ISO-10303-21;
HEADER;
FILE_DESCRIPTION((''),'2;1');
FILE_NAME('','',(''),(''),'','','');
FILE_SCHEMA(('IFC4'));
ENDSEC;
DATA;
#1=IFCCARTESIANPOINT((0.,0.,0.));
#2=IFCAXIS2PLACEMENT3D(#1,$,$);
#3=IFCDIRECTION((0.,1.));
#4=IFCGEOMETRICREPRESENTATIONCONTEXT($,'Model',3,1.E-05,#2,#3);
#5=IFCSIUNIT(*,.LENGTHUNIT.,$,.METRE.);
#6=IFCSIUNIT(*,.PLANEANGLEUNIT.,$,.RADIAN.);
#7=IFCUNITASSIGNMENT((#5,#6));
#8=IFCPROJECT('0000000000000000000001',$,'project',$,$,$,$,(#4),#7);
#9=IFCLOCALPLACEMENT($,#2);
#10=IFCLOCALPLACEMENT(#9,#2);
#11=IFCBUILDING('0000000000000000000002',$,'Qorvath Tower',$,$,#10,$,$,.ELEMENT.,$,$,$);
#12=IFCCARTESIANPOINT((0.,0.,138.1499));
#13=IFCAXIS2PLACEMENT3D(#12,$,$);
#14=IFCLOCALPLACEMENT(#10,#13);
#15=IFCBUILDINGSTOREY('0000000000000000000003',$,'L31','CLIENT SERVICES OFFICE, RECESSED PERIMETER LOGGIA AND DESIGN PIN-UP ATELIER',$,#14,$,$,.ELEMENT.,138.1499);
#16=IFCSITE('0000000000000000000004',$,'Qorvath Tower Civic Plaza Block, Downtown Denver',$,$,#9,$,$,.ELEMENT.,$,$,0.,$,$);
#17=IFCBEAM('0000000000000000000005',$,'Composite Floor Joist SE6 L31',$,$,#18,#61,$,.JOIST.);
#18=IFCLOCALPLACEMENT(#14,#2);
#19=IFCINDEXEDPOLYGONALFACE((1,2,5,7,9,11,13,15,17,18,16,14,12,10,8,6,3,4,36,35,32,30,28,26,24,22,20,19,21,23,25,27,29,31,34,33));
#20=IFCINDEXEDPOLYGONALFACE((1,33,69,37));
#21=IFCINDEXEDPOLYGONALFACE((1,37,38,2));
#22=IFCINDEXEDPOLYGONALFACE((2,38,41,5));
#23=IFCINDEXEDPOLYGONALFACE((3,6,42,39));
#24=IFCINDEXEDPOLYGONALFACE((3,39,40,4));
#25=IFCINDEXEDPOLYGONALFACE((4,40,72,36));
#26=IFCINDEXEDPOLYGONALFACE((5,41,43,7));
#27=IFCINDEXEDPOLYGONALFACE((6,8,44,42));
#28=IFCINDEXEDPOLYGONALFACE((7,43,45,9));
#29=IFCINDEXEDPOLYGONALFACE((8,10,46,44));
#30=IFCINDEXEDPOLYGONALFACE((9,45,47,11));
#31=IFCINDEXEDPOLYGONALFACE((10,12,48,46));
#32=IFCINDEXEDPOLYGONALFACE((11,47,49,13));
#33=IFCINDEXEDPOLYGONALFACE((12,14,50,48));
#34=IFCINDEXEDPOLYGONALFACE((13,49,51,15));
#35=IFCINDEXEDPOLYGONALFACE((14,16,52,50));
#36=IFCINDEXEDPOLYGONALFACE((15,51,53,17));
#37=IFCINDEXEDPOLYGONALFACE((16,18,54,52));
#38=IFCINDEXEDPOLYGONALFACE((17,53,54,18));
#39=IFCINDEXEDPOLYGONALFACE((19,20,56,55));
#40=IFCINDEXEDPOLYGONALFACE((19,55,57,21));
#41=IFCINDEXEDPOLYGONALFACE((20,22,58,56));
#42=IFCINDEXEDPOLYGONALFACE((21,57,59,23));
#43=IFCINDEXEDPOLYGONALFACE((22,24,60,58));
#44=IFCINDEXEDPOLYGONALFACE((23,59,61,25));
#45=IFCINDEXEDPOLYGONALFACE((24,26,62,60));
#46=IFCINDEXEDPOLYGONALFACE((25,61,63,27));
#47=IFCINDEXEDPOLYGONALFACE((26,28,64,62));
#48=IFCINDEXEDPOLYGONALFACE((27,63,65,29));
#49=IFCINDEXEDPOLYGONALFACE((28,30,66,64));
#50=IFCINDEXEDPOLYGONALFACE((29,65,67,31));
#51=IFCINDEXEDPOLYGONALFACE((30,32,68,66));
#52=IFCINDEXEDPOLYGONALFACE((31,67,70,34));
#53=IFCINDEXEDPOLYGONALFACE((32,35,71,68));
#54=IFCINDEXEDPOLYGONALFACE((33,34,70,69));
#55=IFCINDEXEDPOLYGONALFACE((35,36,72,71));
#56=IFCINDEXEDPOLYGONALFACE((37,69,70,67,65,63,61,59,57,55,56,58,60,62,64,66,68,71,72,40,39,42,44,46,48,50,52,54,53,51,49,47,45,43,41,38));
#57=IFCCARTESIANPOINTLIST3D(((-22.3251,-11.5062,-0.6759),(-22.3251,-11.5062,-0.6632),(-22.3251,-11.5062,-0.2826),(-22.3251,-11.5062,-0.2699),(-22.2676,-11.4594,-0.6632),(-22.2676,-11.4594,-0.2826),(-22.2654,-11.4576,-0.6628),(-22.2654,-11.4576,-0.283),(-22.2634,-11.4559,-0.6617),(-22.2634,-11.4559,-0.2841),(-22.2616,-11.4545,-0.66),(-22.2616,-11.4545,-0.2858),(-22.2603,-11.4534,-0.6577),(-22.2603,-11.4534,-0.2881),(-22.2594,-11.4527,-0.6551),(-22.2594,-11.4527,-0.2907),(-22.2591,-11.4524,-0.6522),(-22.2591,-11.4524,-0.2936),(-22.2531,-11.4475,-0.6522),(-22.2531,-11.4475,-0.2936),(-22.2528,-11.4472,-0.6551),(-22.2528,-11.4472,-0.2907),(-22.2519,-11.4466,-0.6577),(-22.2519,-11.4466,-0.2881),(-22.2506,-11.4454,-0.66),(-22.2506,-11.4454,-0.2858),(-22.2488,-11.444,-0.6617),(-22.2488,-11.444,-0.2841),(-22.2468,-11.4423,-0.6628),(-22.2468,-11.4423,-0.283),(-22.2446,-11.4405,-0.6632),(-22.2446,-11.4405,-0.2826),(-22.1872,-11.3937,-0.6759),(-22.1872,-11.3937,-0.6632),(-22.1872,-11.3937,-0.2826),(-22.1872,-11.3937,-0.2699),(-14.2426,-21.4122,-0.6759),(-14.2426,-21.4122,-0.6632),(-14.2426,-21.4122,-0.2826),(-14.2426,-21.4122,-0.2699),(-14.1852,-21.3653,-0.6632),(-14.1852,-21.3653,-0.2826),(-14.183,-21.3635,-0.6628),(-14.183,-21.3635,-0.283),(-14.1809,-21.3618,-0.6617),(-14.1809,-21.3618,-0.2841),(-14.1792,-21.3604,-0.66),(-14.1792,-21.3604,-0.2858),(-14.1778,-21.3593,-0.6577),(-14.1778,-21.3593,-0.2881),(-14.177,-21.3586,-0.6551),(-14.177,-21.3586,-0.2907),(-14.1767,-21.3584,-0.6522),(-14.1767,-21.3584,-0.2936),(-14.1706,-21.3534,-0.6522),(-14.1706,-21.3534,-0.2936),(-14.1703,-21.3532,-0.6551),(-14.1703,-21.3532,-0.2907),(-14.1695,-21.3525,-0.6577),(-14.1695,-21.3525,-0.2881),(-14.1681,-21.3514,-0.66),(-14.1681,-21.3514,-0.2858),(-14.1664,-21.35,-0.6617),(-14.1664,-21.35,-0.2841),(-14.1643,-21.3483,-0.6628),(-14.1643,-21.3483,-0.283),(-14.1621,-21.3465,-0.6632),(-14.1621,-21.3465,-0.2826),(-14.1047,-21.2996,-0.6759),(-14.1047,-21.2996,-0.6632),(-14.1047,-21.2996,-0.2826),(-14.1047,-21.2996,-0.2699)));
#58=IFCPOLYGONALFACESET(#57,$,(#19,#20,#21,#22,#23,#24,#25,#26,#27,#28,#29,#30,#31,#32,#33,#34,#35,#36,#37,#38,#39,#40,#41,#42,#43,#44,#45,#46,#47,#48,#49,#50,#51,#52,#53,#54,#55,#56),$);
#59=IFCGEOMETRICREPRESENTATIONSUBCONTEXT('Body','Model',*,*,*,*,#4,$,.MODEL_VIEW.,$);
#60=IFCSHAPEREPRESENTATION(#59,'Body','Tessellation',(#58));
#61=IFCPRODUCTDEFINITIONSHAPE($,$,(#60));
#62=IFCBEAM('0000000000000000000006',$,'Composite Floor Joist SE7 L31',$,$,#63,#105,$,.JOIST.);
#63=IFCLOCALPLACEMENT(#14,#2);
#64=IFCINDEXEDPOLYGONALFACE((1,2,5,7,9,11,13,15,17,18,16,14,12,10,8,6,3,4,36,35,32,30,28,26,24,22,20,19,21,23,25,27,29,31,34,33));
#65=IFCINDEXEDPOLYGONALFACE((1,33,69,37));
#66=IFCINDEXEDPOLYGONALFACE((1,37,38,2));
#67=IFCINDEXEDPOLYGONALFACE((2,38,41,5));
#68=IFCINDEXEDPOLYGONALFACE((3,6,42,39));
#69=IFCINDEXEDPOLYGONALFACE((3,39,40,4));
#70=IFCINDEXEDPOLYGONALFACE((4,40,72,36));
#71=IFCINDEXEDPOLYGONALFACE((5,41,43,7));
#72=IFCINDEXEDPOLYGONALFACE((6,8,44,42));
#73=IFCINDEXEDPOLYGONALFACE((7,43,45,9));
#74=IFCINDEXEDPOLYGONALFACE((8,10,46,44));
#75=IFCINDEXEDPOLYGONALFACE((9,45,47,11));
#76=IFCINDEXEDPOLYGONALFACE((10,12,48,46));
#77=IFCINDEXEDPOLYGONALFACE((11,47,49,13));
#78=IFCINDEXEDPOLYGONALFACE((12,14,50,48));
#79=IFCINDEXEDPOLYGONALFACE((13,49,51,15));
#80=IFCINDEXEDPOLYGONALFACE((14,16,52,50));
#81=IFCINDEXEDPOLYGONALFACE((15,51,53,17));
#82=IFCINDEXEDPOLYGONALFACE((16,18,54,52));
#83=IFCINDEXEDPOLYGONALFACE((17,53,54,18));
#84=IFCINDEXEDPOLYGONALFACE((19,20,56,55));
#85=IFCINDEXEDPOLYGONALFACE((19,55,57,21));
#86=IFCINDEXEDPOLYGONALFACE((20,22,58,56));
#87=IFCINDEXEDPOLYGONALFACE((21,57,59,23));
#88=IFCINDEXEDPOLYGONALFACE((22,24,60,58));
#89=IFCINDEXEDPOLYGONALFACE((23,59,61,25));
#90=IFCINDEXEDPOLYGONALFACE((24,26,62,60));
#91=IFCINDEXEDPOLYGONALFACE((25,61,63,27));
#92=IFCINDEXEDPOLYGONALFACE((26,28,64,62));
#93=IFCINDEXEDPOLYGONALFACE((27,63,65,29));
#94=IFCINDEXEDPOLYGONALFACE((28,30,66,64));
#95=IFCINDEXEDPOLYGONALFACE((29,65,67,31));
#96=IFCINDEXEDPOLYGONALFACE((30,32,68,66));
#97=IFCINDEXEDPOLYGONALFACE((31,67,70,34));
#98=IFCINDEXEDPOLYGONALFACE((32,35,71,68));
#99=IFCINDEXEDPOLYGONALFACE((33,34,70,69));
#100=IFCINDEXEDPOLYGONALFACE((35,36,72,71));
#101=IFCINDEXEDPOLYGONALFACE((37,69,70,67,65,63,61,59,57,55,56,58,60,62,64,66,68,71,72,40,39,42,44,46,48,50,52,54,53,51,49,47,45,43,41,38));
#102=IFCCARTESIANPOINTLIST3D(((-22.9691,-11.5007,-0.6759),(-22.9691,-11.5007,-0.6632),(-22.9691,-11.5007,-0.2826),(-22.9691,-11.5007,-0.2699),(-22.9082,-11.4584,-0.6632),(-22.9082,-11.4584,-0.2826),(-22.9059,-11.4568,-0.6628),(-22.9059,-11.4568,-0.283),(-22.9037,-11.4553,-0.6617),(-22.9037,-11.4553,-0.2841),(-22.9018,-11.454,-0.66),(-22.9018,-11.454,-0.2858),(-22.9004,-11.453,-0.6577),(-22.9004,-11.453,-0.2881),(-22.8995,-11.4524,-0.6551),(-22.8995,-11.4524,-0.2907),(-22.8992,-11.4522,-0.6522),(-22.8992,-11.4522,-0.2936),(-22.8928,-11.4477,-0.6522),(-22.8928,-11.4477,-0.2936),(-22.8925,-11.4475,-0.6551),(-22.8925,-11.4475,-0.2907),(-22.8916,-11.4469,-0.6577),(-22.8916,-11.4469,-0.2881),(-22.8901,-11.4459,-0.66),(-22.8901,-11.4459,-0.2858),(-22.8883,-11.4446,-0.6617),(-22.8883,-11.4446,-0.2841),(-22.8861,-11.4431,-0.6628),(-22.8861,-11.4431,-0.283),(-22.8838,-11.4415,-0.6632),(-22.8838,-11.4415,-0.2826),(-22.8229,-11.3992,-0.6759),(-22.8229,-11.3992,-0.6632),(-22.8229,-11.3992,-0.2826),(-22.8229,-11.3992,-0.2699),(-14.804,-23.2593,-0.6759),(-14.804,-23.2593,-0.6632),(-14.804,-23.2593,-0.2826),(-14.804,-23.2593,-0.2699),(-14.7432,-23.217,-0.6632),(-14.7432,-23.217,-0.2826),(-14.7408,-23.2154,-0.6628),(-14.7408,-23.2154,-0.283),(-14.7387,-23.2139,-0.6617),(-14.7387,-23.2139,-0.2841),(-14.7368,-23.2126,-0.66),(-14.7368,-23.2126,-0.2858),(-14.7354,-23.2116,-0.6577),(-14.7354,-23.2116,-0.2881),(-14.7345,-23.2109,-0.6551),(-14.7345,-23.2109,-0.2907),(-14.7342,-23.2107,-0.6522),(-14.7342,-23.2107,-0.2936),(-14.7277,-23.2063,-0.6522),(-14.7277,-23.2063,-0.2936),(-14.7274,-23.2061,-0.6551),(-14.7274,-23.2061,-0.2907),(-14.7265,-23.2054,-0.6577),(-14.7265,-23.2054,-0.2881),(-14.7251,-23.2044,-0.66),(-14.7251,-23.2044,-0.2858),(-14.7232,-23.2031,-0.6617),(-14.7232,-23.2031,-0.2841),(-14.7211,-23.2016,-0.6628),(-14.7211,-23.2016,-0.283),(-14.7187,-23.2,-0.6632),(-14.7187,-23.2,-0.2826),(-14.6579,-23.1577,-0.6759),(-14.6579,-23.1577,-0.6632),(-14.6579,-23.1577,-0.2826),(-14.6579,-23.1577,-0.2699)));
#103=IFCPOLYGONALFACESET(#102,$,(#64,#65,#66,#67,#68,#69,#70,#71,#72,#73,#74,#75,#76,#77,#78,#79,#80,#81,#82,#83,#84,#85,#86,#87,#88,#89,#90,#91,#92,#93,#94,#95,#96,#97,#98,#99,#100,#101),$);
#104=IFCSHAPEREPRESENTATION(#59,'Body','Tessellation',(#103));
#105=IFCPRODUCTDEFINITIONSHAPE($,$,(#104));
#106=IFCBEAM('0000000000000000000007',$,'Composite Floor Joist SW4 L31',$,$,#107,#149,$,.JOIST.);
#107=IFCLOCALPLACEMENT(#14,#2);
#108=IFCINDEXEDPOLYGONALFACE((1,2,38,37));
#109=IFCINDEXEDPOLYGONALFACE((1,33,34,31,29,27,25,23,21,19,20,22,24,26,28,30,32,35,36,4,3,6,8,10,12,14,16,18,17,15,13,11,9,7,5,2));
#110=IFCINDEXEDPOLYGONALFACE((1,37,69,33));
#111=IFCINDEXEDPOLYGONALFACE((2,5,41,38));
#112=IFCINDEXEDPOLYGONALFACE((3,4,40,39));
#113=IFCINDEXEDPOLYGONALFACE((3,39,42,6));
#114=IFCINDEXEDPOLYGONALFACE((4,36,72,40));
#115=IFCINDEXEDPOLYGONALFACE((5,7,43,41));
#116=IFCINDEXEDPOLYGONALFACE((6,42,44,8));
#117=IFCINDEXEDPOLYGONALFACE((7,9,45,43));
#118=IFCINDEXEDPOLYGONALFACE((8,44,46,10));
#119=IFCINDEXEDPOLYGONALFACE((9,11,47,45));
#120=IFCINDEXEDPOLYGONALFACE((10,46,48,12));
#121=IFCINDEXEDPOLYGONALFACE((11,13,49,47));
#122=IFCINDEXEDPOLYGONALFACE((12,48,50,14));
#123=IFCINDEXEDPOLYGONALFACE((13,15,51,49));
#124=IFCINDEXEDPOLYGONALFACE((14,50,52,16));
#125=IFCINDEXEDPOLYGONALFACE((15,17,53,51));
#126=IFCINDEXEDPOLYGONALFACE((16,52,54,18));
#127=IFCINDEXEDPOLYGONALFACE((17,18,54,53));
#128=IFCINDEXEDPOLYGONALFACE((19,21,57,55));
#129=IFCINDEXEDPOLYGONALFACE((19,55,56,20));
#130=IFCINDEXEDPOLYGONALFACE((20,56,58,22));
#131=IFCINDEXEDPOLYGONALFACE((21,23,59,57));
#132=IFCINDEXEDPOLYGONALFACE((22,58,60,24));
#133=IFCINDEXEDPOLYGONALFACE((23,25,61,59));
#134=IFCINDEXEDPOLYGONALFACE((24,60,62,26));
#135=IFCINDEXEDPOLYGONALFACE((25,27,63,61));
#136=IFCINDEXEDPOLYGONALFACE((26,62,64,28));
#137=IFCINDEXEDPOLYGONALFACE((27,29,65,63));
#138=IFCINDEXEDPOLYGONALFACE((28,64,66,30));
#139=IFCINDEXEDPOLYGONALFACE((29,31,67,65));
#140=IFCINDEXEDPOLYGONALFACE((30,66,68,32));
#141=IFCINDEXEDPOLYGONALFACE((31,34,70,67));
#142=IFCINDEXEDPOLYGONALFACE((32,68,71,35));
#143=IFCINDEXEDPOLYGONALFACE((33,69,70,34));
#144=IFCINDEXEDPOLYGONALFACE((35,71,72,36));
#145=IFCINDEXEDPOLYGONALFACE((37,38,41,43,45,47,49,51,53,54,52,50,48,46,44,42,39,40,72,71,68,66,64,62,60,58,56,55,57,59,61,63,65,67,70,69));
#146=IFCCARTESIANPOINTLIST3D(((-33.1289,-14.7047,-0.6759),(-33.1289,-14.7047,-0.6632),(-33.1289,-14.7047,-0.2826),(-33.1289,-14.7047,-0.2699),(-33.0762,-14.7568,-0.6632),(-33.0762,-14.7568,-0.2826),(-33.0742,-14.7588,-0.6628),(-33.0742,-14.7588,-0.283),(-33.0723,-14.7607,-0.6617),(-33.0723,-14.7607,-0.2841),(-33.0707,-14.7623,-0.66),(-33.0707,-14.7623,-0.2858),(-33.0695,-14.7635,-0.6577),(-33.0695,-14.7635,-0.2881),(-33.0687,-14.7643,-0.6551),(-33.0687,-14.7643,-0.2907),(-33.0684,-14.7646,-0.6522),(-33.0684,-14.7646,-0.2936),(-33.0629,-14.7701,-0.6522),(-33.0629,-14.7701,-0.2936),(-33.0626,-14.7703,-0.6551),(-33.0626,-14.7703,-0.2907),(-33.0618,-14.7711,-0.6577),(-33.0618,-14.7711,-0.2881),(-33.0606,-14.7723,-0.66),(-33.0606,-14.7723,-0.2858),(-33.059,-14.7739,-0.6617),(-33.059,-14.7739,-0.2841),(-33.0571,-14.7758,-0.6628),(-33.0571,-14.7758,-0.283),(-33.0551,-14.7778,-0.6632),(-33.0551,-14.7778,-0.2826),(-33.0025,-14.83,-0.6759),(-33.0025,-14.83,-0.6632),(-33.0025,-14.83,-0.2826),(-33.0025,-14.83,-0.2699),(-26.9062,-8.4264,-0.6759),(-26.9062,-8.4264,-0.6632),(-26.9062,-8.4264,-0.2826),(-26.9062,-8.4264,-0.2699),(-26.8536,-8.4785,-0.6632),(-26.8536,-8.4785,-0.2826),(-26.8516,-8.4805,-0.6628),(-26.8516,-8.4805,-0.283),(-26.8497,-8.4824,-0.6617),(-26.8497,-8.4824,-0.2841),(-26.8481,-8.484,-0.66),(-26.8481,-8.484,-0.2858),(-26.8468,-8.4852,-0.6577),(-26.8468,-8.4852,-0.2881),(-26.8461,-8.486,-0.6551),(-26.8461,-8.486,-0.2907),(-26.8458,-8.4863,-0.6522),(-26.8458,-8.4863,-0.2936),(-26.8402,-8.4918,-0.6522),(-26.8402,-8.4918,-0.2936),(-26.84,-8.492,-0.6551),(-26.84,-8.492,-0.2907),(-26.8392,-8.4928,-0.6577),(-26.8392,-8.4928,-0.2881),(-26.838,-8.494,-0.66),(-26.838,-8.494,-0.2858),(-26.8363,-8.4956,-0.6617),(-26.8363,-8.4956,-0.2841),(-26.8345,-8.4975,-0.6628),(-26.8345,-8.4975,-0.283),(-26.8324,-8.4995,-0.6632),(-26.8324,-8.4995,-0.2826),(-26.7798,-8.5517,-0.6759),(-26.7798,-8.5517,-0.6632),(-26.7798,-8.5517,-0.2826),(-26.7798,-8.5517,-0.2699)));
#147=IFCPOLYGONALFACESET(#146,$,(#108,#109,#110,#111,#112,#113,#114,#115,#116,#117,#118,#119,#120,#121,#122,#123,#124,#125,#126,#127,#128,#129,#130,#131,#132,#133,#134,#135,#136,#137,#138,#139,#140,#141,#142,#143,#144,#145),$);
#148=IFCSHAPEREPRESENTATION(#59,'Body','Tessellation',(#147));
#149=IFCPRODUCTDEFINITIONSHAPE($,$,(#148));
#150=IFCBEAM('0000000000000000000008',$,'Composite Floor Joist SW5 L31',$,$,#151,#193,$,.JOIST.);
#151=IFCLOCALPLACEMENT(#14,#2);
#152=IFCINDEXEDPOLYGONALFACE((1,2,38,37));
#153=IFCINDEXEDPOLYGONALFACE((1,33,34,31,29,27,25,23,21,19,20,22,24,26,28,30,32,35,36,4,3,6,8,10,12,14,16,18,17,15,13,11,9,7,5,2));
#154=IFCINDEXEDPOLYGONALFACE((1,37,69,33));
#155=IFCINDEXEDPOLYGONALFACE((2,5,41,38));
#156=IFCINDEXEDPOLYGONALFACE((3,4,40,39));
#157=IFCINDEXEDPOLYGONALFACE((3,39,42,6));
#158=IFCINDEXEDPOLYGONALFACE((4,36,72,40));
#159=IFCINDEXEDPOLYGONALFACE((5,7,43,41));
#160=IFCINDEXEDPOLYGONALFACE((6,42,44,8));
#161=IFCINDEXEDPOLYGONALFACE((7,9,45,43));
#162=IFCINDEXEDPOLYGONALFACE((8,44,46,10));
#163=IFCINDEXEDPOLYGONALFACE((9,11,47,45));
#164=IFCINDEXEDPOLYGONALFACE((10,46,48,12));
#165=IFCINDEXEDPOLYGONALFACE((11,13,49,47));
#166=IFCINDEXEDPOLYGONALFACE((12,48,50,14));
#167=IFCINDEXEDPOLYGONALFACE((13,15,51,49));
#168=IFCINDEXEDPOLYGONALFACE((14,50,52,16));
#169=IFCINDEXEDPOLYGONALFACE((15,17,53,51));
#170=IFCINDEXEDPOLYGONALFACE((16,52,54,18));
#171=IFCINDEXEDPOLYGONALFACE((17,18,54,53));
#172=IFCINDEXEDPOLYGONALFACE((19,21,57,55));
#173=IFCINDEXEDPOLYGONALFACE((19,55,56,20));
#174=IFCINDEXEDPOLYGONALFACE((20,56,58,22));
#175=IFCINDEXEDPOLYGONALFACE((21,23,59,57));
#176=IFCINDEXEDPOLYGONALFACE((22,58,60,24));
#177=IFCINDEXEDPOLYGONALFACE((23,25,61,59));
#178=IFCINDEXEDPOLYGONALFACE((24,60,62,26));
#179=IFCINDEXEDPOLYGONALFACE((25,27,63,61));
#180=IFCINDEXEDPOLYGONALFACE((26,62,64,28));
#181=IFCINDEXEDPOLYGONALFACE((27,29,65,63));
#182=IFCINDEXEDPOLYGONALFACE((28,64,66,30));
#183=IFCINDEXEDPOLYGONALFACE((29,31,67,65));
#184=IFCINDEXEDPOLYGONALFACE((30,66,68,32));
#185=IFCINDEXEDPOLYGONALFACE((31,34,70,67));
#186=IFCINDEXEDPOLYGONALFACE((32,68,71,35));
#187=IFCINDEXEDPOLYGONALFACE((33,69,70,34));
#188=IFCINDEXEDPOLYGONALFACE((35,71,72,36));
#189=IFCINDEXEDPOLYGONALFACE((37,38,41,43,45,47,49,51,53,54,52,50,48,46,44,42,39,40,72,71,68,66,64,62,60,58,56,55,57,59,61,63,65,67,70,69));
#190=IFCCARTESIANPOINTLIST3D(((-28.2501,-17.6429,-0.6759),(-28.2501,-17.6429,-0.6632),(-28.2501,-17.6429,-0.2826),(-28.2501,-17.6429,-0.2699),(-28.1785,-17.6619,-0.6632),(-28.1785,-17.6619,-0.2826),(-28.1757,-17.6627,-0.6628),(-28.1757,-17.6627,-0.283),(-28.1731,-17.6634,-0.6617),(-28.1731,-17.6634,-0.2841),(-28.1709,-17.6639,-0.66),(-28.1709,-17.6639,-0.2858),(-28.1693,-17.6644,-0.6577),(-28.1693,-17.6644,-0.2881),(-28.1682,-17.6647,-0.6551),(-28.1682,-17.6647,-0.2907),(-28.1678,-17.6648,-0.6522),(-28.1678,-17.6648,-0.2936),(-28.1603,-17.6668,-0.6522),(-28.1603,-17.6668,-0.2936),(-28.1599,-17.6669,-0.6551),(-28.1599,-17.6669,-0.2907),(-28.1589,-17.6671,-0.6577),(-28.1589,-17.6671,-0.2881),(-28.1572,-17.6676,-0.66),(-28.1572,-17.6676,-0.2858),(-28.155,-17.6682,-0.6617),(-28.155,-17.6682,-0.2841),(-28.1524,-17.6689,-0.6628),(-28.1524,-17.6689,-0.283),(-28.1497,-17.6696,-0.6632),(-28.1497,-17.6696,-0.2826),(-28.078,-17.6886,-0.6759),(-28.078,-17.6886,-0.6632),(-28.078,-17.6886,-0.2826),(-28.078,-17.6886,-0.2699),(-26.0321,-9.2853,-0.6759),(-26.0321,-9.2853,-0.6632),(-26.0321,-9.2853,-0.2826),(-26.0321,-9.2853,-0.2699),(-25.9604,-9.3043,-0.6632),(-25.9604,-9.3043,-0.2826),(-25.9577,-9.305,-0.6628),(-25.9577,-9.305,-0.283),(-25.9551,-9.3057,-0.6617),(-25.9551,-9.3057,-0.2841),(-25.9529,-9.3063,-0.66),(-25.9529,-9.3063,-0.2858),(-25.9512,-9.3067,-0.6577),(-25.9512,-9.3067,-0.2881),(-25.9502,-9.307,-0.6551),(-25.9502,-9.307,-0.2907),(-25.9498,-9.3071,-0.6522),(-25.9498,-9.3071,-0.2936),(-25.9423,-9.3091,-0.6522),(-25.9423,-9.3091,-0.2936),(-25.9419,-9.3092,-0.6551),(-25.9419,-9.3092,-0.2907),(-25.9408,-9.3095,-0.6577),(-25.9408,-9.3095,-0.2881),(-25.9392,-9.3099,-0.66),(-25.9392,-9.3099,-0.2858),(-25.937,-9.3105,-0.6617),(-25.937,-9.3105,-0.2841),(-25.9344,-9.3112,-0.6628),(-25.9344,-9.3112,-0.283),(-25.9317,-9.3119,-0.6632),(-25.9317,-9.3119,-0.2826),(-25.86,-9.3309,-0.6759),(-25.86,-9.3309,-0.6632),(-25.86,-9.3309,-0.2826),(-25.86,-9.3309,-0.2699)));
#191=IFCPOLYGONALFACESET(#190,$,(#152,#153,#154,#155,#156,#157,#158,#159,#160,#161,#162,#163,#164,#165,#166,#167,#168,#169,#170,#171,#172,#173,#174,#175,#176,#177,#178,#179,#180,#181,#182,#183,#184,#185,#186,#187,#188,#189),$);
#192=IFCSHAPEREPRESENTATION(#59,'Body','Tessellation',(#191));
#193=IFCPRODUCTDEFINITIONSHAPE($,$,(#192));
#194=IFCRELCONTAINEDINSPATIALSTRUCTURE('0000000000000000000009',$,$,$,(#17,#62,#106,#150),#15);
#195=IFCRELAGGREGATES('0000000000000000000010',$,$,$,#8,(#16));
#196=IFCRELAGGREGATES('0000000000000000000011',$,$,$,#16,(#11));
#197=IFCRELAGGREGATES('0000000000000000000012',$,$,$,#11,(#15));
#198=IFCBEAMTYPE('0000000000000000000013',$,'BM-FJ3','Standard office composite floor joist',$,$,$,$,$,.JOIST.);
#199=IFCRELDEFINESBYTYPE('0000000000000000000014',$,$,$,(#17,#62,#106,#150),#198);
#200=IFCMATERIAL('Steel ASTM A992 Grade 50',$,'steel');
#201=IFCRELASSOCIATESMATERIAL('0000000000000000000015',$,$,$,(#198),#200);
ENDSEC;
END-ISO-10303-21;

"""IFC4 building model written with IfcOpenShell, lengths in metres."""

from ifc_helpers import new_model, si_unit, direction, frame, origin, origin_2d, place, context, subcontext, project, spatial, i_section, extrude, material, material_profile, profile_set, type_object, element, save


model = new_model("IFC4")

# Units and contexts
model_context = context("Model", 3, precision=1e-05, world=origin(), true_north=direction((0.0, 1.0)))
body_context = subcontext(model_context, "Body", "Model", "MODEL_VIEW")
ifc_project = project(units=[si_unit("LENGTHUNIT", "METRE"), si_unit("PLANEANGLEUNIT", "RADIAN")], contexts=[model_context])

# Site, building, storey
site_placement = place(None, origin())
site = spatial("IfcSite", under=ifc_project, at=site_placement, Name="Qorvath Tower Civic Plaza Block, Downtown Denver", CompositionType="ELEMENT", RefElevation=0.0)
building_placement = place(site_placement, origin())
building = spatial("IfcBuilding", under=site, at=building_placement, Name="Qorvath Tower", CompositionType="ELEMENT")
storey_placement = place(building_placement, frame((0.0, 0.0, 138.1499)))
storey = spatial("IfcBuildingStorey", under=building, at=storey_placement, Name="L31", Description="CLIENT SERVICES OFFICE, RECESSED PERIMETER LOGGIA AND DESIGN PIN-UP ATELIER", CompositionType="ELEMENT", Elevation=138.1499)

# Beams
ifc_material_1 = material(Name="Steel ASTM A992 Grade 50", Category="steel")
ifc_material_profile_1 = material_profile(ifc_material_1, i_section(OverallWidth=0.178, OverallDepth=0.406, WebThickness=0.0078, FlangeThickness=0.0127, FilletRadius=0.011, at=origin_2d()), Name="W16x40")
ifc_profile_set_1 = profile_set([ifc_material_profile_1], Name="Steel ASTM A992 Grade 50")
beam_type_1 = type_object("IfcBeamType", Name="BM-FJ3", Description="Standard office composite floor joist", PredefinedType="JOIST", material=ifc_profile_set_1)
beam_1_placement = place(storey_placement, frame((-22.2561, -11.45, -0.4729), z_axis=(0.632188, -0.774815, 0.0), x_axis=(0.774815, 0.632188, 0.0)))
element("IfcBeam", 1, at=beam_1_placement, inside=storey, type_object=beam_type_1, Name="Composite Floor Joist SE6 L31", PredefinedType="JOIST", context=body_context, shape_type="SweptSolid", body=[
    extrude(i_section(OverallWidth=0.178, OverallDepth=0.406, WebThickness=0.0078, FlangeThickness=0.0127, FilletRadius=0.011, at=origin_2d()), origin(), (0.0, 0.0, 1.0), 12.7849),
])
beam_2_placement = place(storey_placement, frame((-22.896, -11.45, -0.4729), z_axis=(0.570367, -0.82139, 0.0), x_axis=(0.82139, 0.570367, 0.0)))
element("IfcBeam", 2, at=beam_2_placement, inside=storey, type_object=beam_type_1, Name="Composite Floor Joist SE7 L31", PredefinedType="JOIST", context=body_context, shape_type="SweptSolid", body=[
    extrude(i_section(OverallWidth=0.178, OverallDepth=0.406, WebThickness=0.0078, FlangeThickness=0.0127, FilletRadius=0.011, at=origin_2d()), origin(), (0.0, 0.0, 1.0), 14.3154),
])
beam_3_placement = place(storey_placement, frame((-26.843, -8.489, -0.4729), z_axis=(-0.703951, -0.710248, 0.0), x_axis=(0.710248, -0.703951, 0.0)))
element("IfcBeam", 3, at=beam_3_placement, inside=storey, type_object=beam_type_1, Name="Composite Floor Joist SW4 L31", PredefinedType="JOIST", context=body_context, shape_type="SweptSolid", body=[
    extrude(i_section(OverallWidth=0.178, OverallDepth=0.406, WebThickness=0.0078, FlangeThickness=0.0127, FilletRadius=0.011, at=origin_2d()), origin(), (0.0, 0.0, 1.0), 8.8396),
])
beam_4_placement = place(storey_placement, frame((-25.946, -9.3081, -0.4729), z_axis=(-0.256508, -0.966542, 0.0), x_axis=(0.966542, -0.256508, 0.0)))
element("IfcBeam", 4, at=beam_4_placement, inside=storey, type_object=beam_type_1, Name="Composite Floor Joist SW5 L31", PredefinedType="JOIST", context=body_context, shape_type="SweptSolid", body=[
    extrude(i_section(OverallWidth=0.178, OverallDepth=0.406, WebThickness=0.0078, FlangeThickness=0.0127, FilletRadius=0.011, at=origin_2d()), origin(), (0.0, 0.0, 1.0), 8.647),
])

save(model, "model.ifc")
